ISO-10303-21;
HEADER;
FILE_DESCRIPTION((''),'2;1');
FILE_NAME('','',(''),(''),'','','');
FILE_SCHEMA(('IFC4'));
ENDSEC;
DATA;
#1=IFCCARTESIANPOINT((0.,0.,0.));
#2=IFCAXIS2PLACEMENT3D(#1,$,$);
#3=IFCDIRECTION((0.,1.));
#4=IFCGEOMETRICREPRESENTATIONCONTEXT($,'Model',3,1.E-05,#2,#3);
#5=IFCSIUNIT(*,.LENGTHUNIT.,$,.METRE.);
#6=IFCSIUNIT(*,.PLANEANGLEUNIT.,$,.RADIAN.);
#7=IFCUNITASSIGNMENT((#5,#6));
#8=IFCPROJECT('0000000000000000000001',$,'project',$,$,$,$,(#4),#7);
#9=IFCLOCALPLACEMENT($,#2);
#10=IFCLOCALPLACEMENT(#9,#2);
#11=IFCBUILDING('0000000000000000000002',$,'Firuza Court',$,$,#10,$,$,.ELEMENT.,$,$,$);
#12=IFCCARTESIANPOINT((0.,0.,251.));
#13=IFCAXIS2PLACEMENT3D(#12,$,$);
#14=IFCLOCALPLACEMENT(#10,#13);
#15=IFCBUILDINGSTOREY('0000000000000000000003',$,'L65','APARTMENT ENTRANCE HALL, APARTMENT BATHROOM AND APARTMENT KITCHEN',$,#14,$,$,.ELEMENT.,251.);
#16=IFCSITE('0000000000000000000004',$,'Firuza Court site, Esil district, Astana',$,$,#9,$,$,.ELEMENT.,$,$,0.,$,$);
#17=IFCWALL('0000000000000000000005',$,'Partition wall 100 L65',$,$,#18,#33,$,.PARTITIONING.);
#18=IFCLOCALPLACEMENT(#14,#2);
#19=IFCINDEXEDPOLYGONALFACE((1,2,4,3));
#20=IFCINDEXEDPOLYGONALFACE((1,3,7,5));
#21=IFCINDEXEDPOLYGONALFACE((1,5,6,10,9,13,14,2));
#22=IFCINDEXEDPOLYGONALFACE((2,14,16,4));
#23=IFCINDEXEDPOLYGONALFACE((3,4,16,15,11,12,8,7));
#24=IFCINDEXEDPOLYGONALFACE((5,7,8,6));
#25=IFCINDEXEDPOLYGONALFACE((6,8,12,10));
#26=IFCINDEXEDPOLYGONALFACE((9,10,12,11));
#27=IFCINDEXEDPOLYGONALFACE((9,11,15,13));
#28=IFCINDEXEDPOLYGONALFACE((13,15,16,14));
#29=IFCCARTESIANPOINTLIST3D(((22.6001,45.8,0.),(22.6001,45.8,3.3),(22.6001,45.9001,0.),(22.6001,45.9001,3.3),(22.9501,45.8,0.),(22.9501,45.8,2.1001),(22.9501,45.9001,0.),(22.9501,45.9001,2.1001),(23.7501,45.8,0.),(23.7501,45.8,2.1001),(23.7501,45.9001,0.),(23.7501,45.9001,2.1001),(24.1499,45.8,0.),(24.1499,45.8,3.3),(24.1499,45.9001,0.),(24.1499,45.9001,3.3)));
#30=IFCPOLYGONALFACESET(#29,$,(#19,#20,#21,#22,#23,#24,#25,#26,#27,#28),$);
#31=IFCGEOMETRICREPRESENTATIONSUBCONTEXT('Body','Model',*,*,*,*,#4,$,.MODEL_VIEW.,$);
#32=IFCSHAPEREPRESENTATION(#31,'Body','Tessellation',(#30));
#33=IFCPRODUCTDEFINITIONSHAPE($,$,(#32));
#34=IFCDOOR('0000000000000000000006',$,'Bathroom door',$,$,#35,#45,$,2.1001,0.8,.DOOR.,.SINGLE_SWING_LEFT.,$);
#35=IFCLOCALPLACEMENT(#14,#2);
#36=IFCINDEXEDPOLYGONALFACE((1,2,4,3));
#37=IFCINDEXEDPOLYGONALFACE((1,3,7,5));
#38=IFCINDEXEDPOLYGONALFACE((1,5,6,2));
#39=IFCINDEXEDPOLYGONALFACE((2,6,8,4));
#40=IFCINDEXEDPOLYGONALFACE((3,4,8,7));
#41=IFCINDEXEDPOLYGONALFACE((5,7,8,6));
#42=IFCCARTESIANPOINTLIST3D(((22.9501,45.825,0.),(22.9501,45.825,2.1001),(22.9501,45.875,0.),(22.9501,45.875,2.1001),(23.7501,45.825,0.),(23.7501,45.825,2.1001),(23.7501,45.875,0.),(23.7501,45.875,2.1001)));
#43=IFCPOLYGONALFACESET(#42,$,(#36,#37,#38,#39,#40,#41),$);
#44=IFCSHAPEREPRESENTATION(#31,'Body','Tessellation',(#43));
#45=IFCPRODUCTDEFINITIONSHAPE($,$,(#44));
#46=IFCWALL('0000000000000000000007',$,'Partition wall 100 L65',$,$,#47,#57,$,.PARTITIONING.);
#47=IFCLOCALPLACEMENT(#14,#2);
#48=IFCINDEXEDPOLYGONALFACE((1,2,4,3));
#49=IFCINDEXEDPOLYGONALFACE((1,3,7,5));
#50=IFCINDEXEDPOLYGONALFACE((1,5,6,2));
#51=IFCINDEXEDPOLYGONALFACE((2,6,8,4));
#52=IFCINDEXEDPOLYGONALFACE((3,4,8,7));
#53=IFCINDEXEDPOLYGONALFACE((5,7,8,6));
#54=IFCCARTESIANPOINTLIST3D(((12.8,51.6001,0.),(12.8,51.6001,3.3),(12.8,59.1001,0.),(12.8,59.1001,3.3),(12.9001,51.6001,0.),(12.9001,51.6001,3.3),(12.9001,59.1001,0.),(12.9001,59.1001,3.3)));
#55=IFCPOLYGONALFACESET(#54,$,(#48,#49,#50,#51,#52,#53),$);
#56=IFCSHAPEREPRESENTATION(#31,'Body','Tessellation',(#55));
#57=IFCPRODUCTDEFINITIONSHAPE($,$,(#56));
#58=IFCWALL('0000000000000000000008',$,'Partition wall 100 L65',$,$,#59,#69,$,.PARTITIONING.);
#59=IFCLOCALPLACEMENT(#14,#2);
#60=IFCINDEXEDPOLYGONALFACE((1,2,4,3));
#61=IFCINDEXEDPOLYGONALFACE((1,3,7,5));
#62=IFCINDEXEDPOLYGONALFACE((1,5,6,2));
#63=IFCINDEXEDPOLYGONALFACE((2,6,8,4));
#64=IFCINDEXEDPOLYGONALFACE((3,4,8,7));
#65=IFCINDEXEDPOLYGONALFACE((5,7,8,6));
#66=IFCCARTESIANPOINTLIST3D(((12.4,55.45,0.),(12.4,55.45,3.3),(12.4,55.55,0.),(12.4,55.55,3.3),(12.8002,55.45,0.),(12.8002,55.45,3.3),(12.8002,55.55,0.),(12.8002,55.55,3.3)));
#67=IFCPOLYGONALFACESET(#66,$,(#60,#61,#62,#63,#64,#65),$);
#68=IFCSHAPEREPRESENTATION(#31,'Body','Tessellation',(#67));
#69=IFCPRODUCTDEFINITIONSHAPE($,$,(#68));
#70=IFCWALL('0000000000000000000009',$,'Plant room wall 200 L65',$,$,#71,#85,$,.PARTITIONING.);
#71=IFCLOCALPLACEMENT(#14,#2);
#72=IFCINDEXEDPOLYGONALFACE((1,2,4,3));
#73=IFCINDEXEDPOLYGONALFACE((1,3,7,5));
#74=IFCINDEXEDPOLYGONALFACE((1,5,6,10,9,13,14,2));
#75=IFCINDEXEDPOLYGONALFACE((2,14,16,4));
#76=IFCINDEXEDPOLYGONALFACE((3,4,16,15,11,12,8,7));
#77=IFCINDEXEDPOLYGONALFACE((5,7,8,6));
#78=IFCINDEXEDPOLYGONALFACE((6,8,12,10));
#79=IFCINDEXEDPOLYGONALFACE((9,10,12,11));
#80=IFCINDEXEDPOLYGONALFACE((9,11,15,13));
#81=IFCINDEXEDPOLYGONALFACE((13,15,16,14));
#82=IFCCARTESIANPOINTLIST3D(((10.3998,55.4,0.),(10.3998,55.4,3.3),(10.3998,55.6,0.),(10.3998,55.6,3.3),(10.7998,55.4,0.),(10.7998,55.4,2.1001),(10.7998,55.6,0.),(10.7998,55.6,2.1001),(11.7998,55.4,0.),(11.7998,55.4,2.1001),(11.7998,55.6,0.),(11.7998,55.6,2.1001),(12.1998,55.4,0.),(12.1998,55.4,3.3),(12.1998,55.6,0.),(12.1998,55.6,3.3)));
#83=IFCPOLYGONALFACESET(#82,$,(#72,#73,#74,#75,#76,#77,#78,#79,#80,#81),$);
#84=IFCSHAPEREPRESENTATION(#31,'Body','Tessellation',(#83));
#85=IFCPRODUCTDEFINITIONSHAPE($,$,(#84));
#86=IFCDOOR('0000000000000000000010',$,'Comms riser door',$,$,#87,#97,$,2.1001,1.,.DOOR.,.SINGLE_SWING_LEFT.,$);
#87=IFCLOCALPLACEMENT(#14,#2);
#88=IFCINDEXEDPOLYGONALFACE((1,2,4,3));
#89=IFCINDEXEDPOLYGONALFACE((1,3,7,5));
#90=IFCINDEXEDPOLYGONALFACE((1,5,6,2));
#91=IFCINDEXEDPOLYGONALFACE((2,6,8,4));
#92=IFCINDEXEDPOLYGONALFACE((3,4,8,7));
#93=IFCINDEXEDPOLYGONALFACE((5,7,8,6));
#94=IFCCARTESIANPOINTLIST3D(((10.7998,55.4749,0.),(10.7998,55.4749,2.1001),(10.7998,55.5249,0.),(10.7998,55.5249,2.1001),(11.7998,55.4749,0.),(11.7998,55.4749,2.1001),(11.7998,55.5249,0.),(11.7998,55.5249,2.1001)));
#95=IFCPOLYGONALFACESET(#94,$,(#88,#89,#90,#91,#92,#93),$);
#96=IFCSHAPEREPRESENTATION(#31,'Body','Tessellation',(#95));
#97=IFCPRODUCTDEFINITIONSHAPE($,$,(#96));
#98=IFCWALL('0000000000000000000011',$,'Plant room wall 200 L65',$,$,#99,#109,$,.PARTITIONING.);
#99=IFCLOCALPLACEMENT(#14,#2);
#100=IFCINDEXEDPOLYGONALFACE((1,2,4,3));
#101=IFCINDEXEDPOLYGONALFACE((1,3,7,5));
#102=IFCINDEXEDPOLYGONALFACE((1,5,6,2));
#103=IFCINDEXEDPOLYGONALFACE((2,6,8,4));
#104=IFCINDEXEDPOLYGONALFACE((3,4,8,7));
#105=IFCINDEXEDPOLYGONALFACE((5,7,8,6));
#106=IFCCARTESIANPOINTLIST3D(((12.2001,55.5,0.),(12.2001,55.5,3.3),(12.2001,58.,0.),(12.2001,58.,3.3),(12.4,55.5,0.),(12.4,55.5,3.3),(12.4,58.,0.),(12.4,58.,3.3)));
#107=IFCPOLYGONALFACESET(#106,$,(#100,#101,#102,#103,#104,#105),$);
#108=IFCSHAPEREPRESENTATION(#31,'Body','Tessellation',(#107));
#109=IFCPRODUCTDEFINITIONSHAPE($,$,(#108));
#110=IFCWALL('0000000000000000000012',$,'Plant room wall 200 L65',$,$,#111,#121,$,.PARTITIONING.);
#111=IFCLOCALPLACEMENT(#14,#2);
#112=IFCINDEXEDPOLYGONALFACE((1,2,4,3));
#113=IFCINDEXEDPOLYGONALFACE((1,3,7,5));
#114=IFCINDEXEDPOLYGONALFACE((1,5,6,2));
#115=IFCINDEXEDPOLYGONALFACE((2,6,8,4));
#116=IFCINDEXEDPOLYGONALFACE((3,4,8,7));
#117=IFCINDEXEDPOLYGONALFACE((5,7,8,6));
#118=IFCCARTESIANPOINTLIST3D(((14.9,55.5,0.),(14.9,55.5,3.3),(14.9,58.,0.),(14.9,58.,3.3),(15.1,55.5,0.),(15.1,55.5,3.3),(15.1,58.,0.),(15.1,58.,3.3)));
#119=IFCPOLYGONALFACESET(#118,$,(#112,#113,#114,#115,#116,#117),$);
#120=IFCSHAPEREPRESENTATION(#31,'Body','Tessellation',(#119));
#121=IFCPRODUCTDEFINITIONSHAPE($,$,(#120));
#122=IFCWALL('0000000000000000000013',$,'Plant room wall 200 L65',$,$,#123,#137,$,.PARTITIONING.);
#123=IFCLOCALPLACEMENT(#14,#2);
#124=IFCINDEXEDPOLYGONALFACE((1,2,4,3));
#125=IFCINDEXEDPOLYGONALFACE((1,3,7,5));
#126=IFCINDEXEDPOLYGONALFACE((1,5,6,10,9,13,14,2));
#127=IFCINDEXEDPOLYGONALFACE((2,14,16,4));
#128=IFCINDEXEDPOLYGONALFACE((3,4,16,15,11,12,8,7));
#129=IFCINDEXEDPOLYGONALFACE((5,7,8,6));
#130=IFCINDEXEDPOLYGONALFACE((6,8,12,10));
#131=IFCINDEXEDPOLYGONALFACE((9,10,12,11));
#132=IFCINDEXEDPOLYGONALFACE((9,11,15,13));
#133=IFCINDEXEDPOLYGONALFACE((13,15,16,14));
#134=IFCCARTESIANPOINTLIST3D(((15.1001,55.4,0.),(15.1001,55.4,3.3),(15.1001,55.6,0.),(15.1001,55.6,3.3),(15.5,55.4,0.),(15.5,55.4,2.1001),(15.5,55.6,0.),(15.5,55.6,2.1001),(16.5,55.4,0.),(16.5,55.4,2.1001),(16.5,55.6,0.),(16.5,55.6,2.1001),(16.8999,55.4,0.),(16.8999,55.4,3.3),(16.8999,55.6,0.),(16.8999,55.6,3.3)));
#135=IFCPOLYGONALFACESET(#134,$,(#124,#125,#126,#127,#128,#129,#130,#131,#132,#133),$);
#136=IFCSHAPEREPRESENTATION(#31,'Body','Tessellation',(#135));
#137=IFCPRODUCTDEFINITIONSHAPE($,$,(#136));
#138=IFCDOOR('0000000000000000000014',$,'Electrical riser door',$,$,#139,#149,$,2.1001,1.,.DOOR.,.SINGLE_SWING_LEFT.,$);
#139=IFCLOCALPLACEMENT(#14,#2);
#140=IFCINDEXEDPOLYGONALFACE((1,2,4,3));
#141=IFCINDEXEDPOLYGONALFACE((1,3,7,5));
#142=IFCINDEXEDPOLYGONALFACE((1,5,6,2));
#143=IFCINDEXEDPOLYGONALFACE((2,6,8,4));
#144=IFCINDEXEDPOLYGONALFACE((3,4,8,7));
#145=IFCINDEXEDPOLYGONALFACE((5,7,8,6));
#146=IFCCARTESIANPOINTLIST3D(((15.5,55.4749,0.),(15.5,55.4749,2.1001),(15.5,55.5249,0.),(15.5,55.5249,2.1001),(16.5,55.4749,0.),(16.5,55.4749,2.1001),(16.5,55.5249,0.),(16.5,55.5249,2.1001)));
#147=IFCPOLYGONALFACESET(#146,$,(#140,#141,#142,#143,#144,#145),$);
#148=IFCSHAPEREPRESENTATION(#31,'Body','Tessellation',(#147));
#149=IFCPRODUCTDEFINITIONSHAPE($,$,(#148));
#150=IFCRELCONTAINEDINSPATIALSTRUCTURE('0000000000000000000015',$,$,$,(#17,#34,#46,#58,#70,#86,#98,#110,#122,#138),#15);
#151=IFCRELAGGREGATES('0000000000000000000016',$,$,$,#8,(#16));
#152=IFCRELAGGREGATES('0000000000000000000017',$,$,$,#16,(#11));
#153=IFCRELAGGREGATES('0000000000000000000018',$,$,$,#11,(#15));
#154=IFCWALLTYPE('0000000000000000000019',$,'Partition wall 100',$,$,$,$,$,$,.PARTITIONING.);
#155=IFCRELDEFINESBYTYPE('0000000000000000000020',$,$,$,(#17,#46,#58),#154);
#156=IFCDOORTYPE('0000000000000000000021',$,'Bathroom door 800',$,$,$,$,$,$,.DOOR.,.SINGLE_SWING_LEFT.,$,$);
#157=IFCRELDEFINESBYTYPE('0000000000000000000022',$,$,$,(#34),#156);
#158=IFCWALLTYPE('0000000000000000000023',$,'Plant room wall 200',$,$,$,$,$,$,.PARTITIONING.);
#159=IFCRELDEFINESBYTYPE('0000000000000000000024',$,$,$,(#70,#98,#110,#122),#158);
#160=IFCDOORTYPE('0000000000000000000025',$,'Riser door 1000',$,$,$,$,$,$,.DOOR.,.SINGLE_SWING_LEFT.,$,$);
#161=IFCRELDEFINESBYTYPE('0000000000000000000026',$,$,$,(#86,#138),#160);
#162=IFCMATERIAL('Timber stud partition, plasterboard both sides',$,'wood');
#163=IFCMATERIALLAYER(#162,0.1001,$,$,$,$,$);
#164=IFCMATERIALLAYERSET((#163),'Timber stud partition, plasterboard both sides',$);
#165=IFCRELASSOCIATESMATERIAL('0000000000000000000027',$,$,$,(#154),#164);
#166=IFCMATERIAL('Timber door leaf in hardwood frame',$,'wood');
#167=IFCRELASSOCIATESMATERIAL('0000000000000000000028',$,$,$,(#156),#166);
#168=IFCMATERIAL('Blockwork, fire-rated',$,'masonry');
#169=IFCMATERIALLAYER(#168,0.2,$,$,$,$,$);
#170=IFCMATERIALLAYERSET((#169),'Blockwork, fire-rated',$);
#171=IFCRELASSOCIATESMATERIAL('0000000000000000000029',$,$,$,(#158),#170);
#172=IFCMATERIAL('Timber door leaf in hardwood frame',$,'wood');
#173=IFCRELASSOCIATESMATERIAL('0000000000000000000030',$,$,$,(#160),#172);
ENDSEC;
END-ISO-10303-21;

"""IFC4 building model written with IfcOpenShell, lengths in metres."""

from ifc_helpers import new_model, si_unit, direction, frame, frame_2d, origin, place, context, subcontext, project, spatial, rectangle, extrude, material, layer, layer_set, type_object, element, fill, save


model = new_model("IFC4")

# Units and contexts
model_context = context("Model", 3, precision=1e-05, world=origin(), true_north=direction((0.0, 1.0)))
body_context = subcontext(model_context, "Body", "Model", "MODEL_VIEW")
ifc_project = project(units=[si_unit("LENGTHUNIT", "METRE"), si_unit("PLANEANGLEUNIT", "RADIAN")], contexts=[model_context])

# Site, building, storey
site_placement = place(None, origin())
site = spatial("IfcSite", under=ifc_project, at=site_placement, Name="Firuza Court site, Esil district, Astana", CompositionType="ELEMENT", RefElevation=0.0)
building_placement = place(site_placement, origin())
building = spatial("IfcBuilding", under=site, at=building_placement, Name="Firuza Court", CompositionType="ELEMENT")
storey_placement = place(building_placement, frame((0.0, 0.0, 251.0)))
storey = spatial("IfcBuildingStorey", under=building, at=storey_placement, Name="L65", Description="APARTMENT ENTRANCE HALL, APARTMENT BATHROOM AND APARTMENT KITCHEN", CompositionType="ELEMENT", Elevation=251.0)

# Shared definitions
ifc_material_1 = material(Name="Timber stud partition, plasterboard both sides", Category="wood")
ifc_layer_1 = layer(ifc_material_1, 0.1001)
ifc_layer_set_1 = layer_set([ifc_layer_1], Name="Timber stud partition, plasterboard both sides")
wall_type_1 = type_object("IfcWallType", Name="Partition wall 100", PredefinedType="PARTITIONING", material=ifc_layer_set_1)

# Wall, opening, door
wall_1_placement = place(storey_placement, frame((22.6001, 45.8501, 0.0), z_axis=(0.0, 0.0, 1.0), x_axis=(1.0, 0.0, 0.0)))
wall_1 = element("IfcWall", 1, at=wall_1_placement, inside=storey, type_object=wall_type_1, Name="Partition wall 100 L65", PredefinedType="PARTITIONING", context=body_context, shape_type="SweptSolid", body=[
    extrude(rectangle(XDim=1.5498, YDim=0.1001, at=frame_2d((0.7749, 0.0))), origin(), (0.0, 0.0, 1.0), 3.3),
])
opening_1_placement = place(wall_1_placement, frame((0.3501, 0.0, 0.0)))
opening_1 = element("IfcOpeningElement", 2, at=opening_1_placement, cuts=wall_1, PredefinedType="OPENING", context=body_context, shape_type="SweptSolid", body=[
    extrude(rectangle(XDim=0.8, YDim=2.1001, at=frame_2d((0.3999, 1.05))), frame((0.0, 0.062, 0.0), z_axis=(0.0, -1.0, 0.0), x_axis=(1.0, 0.0, 0.0)), (0.0, 0.0, 1.0), 0.124),
])
ifc_material_2 = material(Name="Timber door leaf in hardwood frame", Category="wood")
door_type_1 = type_object("IfcDoorType", Name="Bathroom door 800", OperationType="SINGLE_SWING_LEFT", PredefinedType="DOOR", material=ifc_material_2)
door_1_placement = place(opening_1_placement, origin())
door_1 = element("IfcDoor", 3, at=door_1_placement, inside=storey, type_object=door_type_1, Name="Bathroom door", OperationType="SINGLE_SWING_LEFT", OverallHeight=2.1001, OverallWidth=0.8, PredefinedType="DOOR", context=body_context, shape_type="SweptSolid", body=[
    extrude(rectangle(XDim=0.8, YDim=2.1001, at=frame_2d((0.3999, 1.05))), frame((0.0, 0.0249, 0.0), z_axis=(0.0, -1.0, 0.0), x_axis=(1.0, 0.0, 0.0)), (0.0, 0.0, 1.0), 0.05),
])
fill(opening_1, door_1)

# Walls
wall_2_placement = place(storey_placement, frame((12.8501, 51.6001, 0.0), z_axis=(0.0, 0.0, 1.0), x_axis=(0.0, 1.0, 0.0)))
element("IfcWall", 4, at=wall_2_placement, inside=storey, type_object=wall_type_1, Name="Partition wall 100 L65", PredefinedType="PARTITIONING", context=body_context, shape_type="SweptSolid", body=[
    extrude(rectangle(XDim=7.5, YDim=0.1001, at=frame_2d((3.75, 0.0))), origin(), (0.0, 0.0, 1.0), 3.3),
])
wall_3_placement = place(storey_placement, frame((12.3999, 55.5, 0.0), z_axis=(0.0, 0.0, 1.0), x_axis=(1.0, 0.0, 0.0)))
element("IfcWall", 5, at=wall_3_placement, inside=storey, type_object=wall_type_1, Name="Partition wall 100 L65", PredefinedType="PARTITIONING", context=body_context, shape_type="SweptSolid", body=[
    extrude(rectangle(XDim=0.4001, YDim=0.1001, at=frame_2d((0.2002, 0.0))), origin(), (0.0, 0.0, 1.0), 3.3),
])

# Wall, opening, door
ifc_material_3 = material(Name="Blockwork, fire-rated", Category="masonry")
ifc_layer_2 = layer(ifc_material_3, 0.2)
ifc_layer_set_2 = layer_set([ifc_layer_2], Name="Blockwork, fire-rated")
wall_type_2 = type_object("IfcWallType", Name="Plant room wall 200", PredefinedType="PARTITIONING", material=ifc_layer_set_2)
wall_4_placement = place(storey_placement, frame((10.3999, 55.5, 0.0), z_axis=(0.0, 0.0, 1.0), x_axis=(1.0, 0.0, 0.0)))
wall_4 = element("IfcWall", 6, at=wall_4_placement, inside=storey, type_object=wall_type_2, Name="Plant room wall 200 L65", PredefinedType="PARTITIONING", context=body_context, shape_type="SweptSolid", body=[
    extrude(rectangle(XDim=1.8, YDim=0.2, at=frame_2d((0.8999, 0.0))), origin(), (0.0, 0.0, 1.0), 3.3),
])
opening_2_placement = place(wall_4_placement, frame((0.3999, 0.0, 0.0)))
opening_2 = element("IfcOpeningElement", 7, at=opening_2_placement, cuts=wall_4, PredefinedType="OPENING", context=body_context, shape_type="SweptSolid", body=[
    extrude(rectangle(XDim=1.0, YDim=2.1001, at=frame_2d((0.5, 1.05))), frame((0.0, 0.1118, 0.0), z_axis=(0.0, -1.0, 0.0), x_axis=(1.0, 0.0, 0.0)), (0.0, 0.0, 1.0), 0.2239),
])
ifc_material_4 = material(Name="Timber door leaf in hardwood frame", Category="wood")
door_type_2 = type_object("IfcDoorType", Name="Riser door 1000", OperationType="SINGLE_SWING_LEFT", PredefinedType="DOOR", material=ifc_material_4)
door_2_placement = place(opening_2_placement, origin())
door_2 = element("IfcDoor", 8, at=door_2_placement, inside=storey, type_object=door_type_2, Name="Comms riser door", OperationType="SINGLE_SWING_LEFT", OverallHeight=2.1001, OverallWidth=1.0, PredefinedType="DOOR", context=body_context, shape_type="SweptSolid", body=[
    extrude(rectangle(XDim=1.0, YDim=2.1001, at=frame_2d((0.5, 1.05))), frame((0.0, 0.0249, 0.0), z_axis=(0.0, -1.0, 0.0), x_axis=(1.0, 0.0, 0.0)), (0.0, 0.0, 1.0), 0.05),
])
fill(opening_2, door_2)

# Walls
for number, where, z_axis, x_axis, name in (
    (9, (12.3, 55.5, 0.0), (0.0, 0.0, 1.0), (0.0, 1.0, 0.0), "Plant room wall 200 L65"),
    (10, (15.0, 55.5, 0.0), (0.0, 0.0, 1.0), (0.0, 1.0, 0.0), "Plant room wall 200 L65"),
):
    element("IfcWall", number, at=place(storey_placement, frame(where, z_axis=z_axis, x_axis=x_axis)), inside=storey, type_object=wall_type_2, Name=name, PredefinedType="PARTITIONING", context=body_context, shape_type="SweptSolid", body=[
        extrude(rectangle(XDim=2.5, YDim=0.2, at=frame_2d((1.25, 0.0))), origin(), (0.0, 0.0, 1.0), 3.3),
    ])

# Wall, opening, door
wall_5_placement = place(storey_placement, frame((15.1001, 55.5, 0.0), z_axis=(0.0, 0.0, 1.0), x_axis=(1.0, 0.0, 0.0)))
wall_5 = element("IfcWall", 11, at=wall_5_placement, inside=storey, type_object=wall_type_2, Name="Plant room wall 200 L65", PredefinedType="PARTITIONING", context=body_context, shape_type="SweptSolid", body=[
    extrude(rectangle(XDim=1.7998, YDim=0.2, at=frame_2d((0.8999, 0.0))), origin(), (0.0, 0.0, 1.0), 3.3),
])
opening_3_placement = place(wall_5_placement, frame((0.3999, 0.0, 0.0)))
opening_3 = element("IfcOpeningElement", 12, at=opening_3_placement, cuts=wall_5, PredefinedType="OPENING", context=body_context, shape_type="SweptSolid", body=[
    extrude(rectangle(XDim=1.0, YDim=2.1001, at=frame_2d((0.5, 1.05))), frame((0.0, 0.1118, 0.0), z_axis=(0.0, -1.0, 0.0), x_axis=(1.0, 0.0, 0.0)), (0.0, 0.0, 1.0), 0.2239),
])
door_3_placement = place(opening_3_placement, origin())
door_3 = element("IfcDoor", 13, at=door_3_placement, inside=storey, type_object=door_type_2, Name="Electrical riser door", OperationType="SINGLE_SWING_LEFT", OverallHeight=2.1001, OverallWidth=1.0, PredefinedType="DOOR", context=body_context, shape_type="SweptSolid", body=[
    extrude(rectangle(XDim=1.0, YDim=2.1001, at=frame_2d((0.5, 1.05))), frame((0.0, 0.0249, 0.0), z_axis=(0.0, -1.0, 0.0), x_axis=(1.0, 0.0, 0.0)), (0.0, 0.0, 1.0), 0.05),
])
fill(opening_3, door_3)

save(model, "model.ifc")
